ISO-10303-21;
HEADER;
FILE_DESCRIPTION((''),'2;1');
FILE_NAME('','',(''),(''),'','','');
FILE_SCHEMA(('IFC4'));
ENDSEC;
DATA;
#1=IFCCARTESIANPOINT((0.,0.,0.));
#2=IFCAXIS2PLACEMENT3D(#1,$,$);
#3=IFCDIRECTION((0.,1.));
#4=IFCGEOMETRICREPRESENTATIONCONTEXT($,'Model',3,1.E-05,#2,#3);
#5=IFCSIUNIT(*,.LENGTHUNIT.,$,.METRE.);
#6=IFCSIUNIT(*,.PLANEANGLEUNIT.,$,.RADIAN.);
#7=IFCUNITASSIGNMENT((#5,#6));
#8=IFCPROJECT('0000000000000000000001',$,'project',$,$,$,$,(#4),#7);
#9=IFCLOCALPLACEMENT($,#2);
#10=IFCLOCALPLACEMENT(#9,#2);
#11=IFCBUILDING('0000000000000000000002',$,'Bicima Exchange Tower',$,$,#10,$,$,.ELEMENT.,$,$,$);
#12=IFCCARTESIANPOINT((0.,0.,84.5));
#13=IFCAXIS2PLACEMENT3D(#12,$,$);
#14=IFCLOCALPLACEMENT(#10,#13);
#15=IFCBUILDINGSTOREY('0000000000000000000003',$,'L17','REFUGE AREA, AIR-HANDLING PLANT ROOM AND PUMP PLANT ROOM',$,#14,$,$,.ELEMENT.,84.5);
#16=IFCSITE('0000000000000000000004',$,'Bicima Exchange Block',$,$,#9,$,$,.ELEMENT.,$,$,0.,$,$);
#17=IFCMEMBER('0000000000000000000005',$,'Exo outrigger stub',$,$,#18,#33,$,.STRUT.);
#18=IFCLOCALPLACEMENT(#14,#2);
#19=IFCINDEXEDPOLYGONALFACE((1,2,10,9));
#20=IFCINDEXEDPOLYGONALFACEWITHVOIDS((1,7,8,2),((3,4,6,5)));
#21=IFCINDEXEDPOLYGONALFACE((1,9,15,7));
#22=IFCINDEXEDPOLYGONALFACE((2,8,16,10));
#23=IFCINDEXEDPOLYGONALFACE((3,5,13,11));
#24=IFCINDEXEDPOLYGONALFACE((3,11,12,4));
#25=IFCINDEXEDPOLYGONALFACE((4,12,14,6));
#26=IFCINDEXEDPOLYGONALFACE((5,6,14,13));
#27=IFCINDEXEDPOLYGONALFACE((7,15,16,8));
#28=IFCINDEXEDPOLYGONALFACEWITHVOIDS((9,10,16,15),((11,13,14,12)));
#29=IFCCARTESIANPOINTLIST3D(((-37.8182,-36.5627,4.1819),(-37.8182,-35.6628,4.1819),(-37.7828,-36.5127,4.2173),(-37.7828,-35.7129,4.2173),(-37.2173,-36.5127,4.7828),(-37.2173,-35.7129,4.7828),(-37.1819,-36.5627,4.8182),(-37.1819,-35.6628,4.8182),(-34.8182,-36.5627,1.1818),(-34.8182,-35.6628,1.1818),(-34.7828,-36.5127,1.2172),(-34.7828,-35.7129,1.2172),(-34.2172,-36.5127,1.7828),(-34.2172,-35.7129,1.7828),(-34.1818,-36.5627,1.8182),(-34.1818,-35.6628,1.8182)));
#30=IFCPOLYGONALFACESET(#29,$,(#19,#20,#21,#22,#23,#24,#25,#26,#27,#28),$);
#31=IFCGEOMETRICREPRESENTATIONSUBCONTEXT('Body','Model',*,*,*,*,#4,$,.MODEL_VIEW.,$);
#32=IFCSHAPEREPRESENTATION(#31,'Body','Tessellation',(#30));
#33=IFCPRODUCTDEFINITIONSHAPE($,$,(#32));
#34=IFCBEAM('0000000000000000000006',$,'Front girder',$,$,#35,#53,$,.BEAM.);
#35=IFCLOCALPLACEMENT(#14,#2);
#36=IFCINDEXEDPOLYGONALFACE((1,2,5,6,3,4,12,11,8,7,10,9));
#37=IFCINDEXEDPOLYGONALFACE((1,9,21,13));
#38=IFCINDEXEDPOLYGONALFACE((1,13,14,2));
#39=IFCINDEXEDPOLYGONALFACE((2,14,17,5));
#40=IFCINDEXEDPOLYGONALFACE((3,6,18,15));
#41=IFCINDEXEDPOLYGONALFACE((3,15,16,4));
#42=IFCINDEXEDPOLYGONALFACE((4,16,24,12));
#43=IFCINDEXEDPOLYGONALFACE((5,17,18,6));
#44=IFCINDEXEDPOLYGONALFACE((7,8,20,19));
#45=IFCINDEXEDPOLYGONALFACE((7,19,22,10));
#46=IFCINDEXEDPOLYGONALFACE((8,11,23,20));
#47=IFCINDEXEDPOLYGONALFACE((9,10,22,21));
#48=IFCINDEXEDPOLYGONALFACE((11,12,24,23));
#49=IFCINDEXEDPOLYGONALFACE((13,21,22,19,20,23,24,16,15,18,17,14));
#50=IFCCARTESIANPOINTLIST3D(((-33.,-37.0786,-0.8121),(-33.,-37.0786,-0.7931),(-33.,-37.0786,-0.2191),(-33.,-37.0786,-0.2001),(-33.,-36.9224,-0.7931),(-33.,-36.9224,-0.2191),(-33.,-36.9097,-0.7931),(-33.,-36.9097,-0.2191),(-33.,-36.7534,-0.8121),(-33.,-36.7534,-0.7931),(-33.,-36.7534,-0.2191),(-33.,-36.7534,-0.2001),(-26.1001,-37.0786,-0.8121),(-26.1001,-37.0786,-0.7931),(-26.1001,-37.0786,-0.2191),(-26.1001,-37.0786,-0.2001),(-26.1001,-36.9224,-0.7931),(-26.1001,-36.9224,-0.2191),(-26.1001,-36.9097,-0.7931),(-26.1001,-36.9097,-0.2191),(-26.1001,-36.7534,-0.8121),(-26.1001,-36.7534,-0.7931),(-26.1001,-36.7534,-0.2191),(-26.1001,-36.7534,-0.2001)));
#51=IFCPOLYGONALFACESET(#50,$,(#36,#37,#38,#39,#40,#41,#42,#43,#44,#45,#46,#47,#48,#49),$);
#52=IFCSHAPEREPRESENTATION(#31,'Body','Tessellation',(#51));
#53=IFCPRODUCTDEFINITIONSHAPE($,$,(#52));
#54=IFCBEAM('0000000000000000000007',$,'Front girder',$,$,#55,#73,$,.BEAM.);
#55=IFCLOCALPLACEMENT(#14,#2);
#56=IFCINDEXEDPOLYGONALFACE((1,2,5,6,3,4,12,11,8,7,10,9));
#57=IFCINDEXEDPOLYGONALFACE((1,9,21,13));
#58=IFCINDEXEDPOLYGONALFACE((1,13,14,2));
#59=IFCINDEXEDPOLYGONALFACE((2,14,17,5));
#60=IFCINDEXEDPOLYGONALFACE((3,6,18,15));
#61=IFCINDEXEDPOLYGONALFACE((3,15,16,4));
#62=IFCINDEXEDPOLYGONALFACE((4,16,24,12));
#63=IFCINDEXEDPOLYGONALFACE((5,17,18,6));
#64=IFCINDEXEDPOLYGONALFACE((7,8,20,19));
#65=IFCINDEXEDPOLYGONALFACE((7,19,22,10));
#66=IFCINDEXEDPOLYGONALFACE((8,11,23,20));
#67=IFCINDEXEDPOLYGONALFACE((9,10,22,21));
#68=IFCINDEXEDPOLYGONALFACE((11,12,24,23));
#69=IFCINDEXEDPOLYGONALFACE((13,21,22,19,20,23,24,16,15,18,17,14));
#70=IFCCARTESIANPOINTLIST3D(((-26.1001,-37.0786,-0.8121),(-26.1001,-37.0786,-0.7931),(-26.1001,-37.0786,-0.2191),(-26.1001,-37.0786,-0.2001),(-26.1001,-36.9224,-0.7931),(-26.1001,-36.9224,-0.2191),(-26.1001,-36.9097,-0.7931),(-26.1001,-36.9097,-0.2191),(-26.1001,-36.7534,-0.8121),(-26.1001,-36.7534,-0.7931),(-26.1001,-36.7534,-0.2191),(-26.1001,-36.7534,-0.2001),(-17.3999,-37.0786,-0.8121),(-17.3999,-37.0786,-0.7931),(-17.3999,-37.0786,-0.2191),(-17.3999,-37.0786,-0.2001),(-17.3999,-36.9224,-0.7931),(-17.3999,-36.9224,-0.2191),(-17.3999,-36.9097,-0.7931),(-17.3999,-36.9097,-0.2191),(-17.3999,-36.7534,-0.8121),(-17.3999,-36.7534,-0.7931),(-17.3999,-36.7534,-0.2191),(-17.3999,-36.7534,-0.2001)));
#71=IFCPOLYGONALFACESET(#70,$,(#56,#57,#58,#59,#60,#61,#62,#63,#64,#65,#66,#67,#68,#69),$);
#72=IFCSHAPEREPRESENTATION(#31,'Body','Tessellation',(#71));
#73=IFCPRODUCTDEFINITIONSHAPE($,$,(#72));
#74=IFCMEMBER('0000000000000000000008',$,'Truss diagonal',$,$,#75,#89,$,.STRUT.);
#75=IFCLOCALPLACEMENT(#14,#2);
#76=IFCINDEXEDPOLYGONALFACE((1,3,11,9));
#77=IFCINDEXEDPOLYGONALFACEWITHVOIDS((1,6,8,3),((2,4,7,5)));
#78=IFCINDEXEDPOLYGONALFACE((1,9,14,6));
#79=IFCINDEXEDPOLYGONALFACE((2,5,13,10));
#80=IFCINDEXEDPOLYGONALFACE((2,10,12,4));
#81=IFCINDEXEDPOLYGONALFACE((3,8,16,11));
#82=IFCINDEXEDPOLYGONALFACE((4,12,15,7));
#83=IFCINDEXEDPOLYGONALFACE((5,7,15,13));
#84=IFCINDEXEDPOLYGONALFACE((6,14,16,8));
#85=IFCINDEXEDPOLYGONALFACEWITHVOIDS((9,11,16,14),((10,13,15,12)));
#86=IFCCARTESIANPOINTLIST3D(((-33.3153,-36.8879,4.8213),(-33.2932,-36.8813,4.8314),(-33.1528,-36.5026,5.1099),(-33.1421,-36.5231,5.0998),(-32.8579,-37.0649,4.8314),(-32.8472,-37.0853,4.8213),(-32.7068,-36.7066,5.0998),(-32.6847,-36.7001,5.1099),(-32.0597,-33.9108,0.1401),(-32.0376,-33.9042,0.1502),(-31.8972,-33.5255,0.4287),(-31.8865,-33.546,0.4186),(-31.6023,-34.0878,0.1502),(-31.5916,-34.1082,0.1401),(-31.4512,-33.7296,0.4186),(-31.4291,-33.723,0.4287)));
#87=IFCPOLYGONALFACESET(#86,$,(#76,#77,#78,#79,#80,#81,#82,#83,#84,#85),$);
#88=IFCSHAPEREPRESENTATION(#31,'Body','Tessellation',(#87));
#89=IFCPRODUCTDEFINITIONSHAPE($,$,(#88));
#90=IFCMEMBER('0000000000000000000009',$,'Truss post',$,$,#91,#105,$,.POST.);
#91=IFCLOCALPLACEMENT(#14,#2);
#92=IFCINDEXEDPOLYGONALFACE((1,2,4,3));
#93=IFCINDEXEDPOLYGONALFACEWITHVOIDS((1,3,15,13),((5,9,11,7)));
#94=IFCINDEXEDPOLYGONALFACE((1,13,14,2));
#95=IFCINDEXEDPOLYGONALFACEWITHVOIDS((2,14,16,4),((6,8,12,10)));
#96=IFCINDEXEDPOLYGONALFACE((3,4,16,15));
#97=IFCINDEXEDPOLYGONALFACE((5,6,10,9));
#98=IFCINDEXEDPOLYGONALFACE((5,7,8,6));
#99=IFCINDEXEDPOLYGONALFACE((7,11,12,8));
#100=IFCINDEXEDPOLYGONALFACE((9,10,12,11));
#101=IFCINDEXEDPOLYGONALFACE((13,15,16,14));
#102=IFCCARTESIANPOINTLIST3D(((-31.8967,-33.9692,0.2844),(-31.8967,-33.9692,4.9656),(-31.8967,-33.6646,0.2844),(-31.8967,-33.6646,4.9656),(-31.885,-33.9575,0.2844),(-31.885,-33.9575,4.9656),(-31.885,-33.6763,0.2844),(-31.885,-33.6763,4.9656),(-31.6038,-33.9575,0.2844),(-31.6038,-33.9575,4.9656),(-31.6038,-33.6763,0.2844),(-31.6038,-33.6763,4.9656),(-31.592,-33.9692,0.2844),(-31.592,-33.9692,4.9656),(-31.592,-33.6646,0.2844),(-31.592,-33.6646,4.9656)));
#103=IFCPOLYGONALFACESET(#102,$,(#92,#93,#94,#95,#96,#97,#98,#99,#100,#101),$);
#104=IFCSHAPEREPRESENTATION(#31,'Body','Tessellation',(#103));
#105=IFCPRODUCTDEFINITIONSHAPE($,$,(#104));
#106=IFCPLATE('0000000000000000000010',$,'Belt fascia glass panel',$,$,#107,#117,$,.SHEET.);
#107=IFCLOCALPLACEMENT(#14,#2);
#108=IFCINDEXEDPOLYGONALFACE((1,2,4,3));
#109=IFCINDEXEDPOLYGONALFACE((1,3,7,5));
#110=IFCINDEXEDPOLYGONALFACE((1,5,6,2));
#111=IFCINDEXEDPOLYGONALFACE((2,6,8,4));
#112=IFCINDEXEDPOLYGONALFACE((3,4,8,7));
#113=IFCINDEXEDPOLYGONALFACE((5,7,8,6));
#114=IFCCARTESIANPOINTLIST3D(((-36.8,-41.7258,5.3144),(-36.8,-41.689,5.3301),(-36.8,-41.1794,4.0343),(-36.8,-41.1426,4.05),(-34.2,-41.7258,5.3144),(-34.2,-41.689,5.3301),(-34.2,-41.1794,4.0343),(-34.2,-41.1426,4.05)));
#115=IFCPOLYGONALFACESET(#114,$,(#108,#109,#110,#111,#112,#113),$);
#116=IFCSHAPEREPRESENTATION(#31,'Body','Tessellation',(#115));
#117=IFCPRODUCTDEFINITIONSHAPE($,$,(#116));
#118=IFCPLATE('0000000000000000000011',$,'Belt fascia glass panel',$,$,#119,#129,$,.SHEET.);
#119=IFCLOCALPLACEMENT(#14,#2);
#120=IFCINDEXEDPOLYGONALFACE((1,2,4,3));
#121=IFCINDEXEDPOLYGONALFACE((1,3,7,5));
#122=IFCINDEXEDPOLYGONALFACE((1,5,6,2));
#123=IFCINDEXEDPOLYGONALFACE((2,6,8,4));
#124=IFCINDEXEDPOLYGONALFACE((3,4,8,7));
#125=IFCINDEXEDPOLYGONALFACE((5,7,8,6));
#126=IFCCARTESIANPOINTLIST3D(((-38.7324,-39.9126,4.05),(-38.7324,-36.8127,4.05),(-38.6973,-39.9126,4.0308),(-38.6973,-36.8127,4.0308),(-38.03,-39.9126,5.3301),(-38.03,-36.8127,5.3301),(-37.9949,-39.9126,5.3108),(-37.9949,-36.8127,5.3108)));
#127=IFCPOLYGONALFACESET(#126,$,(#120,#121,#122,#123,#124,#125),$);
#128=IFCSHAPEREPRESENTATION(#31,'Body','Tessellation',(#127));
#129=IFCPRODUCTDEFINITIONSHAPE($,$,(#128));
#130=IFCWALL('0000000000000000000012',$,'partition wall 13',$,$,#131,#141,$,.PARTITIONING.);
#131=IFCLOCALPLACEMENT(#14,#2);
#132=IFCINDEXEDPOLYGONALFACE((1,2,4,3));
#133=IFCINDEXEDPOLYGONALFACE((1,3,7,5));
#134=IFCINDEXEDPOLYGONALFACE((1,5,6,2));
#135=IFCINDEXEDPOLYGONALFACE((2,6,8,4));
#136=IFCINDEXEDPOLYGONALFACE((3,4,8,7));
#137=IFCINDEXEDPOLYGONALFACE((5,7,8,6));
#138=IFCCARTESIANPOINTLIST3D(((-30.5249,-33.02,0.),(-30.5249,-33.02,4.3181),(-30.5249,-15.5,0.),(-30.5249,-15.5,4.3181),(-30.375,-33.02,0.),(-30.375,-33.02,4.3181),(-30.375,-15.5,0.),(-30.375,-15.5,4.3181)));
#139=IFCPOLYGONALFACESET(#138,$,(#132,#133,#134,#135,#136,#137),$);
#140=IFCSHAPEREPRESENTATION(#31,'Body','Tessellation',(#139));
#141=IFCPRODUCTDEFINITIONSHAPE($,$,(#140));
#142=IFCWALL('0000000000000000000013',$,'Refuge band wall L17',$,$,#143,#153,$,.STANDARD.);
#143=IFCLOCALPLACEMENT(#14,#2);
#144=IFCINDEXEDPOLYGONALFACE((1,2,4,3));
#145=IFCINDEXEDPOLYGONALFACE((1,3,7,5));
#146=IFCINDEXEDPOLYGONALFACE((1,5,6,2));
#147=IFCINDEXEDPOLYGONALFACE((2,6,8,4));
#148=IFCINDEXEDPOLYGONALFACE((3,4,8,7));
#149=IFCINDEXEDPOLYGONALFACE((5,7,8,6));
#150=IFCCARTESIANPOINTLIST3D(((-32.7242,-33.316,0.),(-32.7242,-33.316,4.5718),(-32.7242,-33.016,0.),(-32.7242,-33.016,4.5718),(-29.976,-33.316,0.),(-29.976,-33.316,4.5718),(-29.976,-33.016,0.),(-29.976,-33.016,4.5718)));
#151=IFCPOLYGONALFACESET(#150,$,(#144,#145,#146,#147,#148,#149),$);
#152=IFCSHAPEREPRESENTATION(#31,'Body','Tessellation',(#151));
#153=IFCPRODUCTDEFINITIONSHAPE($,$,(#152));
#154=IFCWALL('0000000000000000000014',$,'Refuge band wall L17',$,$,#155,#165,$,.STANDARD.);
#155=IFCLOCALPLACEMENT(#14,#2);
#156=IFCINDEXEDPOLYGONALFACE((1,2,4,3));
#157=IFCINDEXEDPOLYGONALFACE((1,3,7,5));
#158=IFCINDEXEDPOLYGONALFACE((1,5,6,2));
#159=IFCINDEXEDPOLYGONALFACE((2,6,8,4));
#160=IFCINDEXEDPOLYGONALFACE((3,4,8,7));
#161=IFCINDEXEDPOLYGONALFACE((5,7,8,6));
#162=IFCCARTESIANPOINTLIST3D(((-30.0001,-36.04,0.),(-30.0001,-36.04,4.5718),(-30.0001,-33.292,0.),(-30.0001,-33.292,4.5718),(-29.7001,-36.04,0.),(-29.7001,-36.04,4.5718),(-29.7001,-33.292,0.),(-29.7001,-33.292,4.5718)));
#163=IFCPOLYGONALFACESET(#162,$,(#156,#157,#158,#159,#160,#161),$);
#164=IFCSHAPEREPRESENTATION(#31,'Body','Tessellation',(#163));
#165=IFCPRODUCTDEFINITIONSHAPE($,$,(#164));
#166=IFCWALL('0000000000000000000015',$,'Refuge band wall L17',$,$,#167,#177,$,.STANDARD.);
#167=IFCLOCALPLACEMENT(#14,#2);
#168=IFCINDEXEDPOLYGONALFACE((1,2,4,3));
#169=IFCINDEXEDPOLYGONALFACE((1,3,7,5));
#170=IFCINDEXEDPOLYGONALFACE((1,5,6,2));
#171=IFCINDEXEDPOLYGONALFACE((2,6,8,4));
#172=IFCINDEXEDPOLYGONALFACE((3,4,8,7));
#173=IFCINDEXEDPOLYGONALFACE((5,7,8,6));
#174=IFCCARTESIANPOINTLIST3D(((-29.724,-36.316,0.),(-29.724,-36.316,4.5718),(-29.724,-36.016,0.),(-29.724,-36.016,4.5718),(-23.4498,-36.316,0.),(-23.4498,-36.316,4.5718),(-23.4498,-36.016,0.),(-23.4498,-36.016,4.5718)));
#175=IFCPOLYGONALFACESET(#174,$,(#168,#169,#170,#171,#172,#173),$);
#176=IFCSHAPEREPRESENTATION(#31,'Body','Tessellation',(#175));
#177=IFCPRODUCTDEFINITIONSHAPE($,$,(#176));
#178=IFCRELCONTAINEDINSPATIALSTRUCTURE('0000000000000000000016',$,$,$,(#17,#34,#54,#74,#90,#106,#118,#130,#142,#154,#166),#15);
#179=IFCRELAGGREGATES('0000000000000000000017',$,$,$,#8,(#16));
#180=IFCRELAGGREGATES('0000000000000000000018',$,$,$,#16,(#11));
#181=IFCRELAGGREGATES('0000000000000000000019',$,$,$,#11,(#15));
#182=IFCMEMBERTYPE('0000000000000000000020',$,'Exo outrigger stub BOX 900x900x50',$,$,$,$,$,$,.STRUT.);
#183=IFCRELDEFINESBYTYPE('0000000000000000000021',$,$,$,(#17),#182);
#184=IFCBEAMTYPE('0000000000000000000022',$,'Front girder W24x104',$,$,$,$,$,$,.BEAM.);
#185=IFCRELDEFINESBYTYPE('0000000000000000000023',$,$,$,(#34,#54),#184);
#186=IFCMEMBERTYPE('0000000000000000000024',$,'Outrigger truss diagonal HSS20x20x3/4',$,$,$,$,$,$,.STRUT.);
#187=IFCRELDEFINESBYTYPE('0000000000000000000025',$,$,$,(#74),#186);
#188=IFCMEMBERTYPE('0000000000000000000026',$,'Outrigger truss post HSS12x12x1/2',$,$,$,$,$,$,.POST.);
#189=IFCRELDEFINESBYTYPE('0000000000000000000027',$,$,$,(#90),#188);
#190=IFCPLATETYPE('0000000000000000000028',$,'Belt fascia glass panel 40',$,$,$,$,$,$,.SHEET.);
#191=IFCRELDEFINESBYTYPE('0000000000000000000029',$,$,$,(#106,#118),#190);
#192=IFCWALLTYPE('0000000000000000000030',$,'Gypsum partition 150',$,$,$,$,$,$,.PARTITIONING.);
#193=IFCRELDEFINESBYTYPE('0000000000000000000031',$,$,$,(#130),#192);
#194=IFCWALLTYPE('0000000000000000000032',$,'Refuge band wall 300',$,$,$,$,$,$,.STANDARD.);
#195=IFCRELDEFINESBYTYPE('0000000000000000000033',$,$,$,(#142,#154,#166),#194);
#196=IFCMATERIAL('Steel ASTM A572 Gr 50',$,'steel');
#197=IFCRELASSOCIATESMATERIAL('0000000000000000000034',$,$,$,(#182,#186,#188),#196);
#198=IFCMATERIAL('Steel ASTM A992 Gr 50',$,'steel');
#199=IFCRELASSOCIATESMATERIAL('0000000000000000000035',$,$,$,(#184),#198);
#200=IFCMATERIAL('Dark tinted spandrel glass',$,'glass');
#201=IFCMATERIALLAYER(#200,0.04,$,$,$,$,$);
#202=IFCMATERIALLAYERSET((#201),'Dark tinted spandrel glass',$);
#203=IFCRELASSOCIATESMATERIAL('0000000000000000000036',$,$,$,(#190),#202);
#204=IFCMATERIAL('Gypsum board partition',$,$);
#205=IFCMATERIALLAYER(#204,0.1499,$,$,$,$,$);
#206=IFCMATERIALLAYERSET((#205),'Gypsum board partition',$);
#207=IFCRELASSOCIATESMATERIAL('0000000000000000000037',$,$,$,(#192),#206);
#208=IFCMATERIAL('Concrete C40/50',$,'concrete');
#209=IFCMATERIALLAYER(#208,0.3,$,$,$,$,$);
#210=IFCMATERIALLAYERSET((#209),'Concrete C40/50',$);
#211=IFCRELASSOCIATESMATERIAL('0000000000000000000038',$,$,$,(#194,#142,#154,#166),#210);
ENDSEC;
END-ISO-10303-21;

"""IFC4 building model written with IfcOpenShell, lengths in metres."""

from ifc_helpers import new_model, si_unit, direction, frame, frame_2d, origin, origin_2d, place, context, subcontext, project, spatial, polyline, rectangle, hollow_rectangle, i_section, outline, extrude, material, layer, layer_set, layer_usage, material_profile, profile_set, type_object, element, save


model = new_model("IFC4")

# Units and contexts
model_context = context("Model", 3, precision=1e-05, world=origin(), true_north=direction((0.0, 1.0)))
body_context = subcontext(model_context, "Body", "Model", "MODEL_VIEW")
ifc_project = project(units=[si_unit("LENGTHUNIT", "METRE"), si_unit("PLANEANGLEUNIT", "RADIAN")], contexts=[model_context])

# Site, building, storey
site_placement = place(None, origin())
site = spatial("IfcSite", under=ifc_project, at=site_placement, Name="Bicima Exchange Block", CompositionType="ELEMENT", RefElevation=0.0)
building_placement = place(site_placement, origin())
building = spatial("IfcBuilding", under=site, at=building_placement, Name="Bicima Exchange Tower", CompositionType="ELEMENT")
storey_placement = place(building_placement, frame((0.0, 0.0, 84.5)))
storey = spatial("IfcBuildingStorey", under=building, at=storey_placement, Name="L17", Description="REFUGE AREA, AIR-HANDLING PLANT ROOM AND PUMP PLANT ROOM", CompositionType="ELEMENT", Elevation=84.5)

# Shared definitions
ifc_material_1 = material(Name="Steel ASTM A572 Gr 50", Category="steel")
ifc_material_2 = material(Name="Steel ASTM A992 Gr 50", Category="steel")

# Member
ifc_material_profile_1 = material_profile(ifc_material_1, hollow_rectangle(XDim=0.8999, YDim=0.8999, WallThickness=0.05, at=origin_2d()))
ifc_profile_set_1 = profile_set([ifc_material_profile_1], Name="Steel ASTM A572 Gr 50")
member_type_1 = type_object("IfcMemberType", Name="Exo outrigger stub BOX 900x900x50", PredefinedType="STRUT", material=ifc_profile_set_1)
member_1_placement = place(storey_placement, frame((-34.5, -36.1128, 1.5), z_axis=(-0.707107, 0.0, 0.707107), x_axis=(0.0, -1.0, 0.0)))
element("IfcMember", 1, at=member_1_placement, inside=storey, type_object=member_type_1, Name="Exo outrigger stub", PredefinedType="STRUT", context=body_context, shape_type="SweptSolid", body=[
    extrude(hollow_rectangle(XDim=0.8999, YDim=0.8999, WallThickness=0.05, at=origin_2d()), origin(), (0.0, 0.0, 1.0), 4.2427),
])

# Beams
ifc_material_profile_2 = material_profile(ifc_material_2, i_section(OverallWidth=0.3252, OverallDepth=0.6121, WebThickness=0.0127, FlangeThickness=0.019, at=origin_2d()))
ifc_profile_set_2 = profile_set([ifc_material_profile_2], Name="Steel ASTM A992 Gr 50")
beam_type_1 = type_object("IfcBeamType", Name="Front girder W24x104", PredefinedType="BEAM", material=ifc_profile_set_2)
beam_1_placement = place(storey_placement, frame((-33.0, -36.916, -0.5061), z_axis=(1.0, 0.0, 0.0), x_axis=(0.0, 1.0, 0.0)))
element("IfcBeam", 2, at=beam_1_placement, inside=storey, type_object=beam_type_1, Name="Front girder", PredefinedType="BEAM", context=body_context, shape_type="SweptSolid", body=[
    extrude(i_section(OverallWidth=0.3252, OverallDepth=0.6121, WebThickness=0.0127, FlangeThickness=0.019, at=origin_2d()), origin(), (0.0, 0.0, 1.0), 6.8999),
])
beam_2_placement = place(storey_placement, frame((-26.1001, -36.916, -0.5061), z_axis=(1.0, 0.0, 0.0), x_axis=(0.0, 1.0, 0.0)))
element("IfcBeam", 3, at=beam_2_placement, inside=storey, type_object=beam_type_1, Name="Front girder", PredefinedType="BEAM", context=body_context, shape_type="SweptSolid", body=[
    extrude(i_section(OverallWidth=0.3252, OverallDepth=0.6121, WebThickness=0.0127, FlangeThickness=0.019, at=origin_2d()), origin(), (0.0, 0.0, 1.0), 8.7002),
])

# Members
ifc_material_profile_3 = material_profile(ifc_material_1, hollow_rectangle(XDim=0.5081, YDim=0.5081, WallThickness=0.0178, at=origin_2d()))
ifc_profile_set_3 = profile_set([ifc_material_profile_3], Name="Steel ASTM A572 Gr 50")
member_type_2 = type_object("IfcMemberType", Name="Outrigger truss diagonal HSS20x20x3/4", PredefinedType="STRUT", material=ifc_profile_set_3)
member_2_placement = place(storey_placement, frame((-31.7444, -33.8169, 0.2844), z_axis=(-0.220751, -0.523398, 0.822997), x_axis=(0.921401, -0.388614, 0.0)))
element("IfcMember", 4, at=member_2_placement, inside=storey, type_object=member_type_2, Name="Truss diagonal", PredefinedType="STRUT", context=body_context, shape_type="SweptSolid", body=[
    extrude(hollow_rectangle(XDim=0.5081, YDim=0.5081, WallThickness=0.0178, at=origin_2d()), origin(), (0.0, 0.0, 1.0), 5.688),
])
ifc_material_profile_4 = material_profile(ifc_material_1, hollow_rectangle(XDim=0.3047, YDim=0.3047, WallThickness=0.0117, at=origin_2d()))
ifc_profile_set_4 = profile_set([ifc_material_profile_4], Name="Steel ASTM A572 Gr 50")
member_type_3 = type_object("IfcMemberType", Name="Outrigger truss post HSS12x12x1/2", PredefinedType="POST", material=ifc_profile_set_4)
member_3_placement = place(storey_placement, frame((-31.7444, -33.8169, 0.2844), z_axis=(0.0, 0.0, 1.0), x_axis=(1.0, 0.0, 0.0)))
element("IfcMember", 5, at=member_3_placement, inside=storey, type_object=member_type_3, Name="Truss post", PredefinedType="POST", context=body_context, shape_type="SweptSolid", body=[
    extrude(hollow_rectangle(XDim=0.3047, YDim=0.3047, WallThickness=0.0117, at=origin_2d()), origin(), (0.0, 0.0, 1.0), 4.6812),
])

# Plates
ifc_material_3 = material(Name="Dark tinted spandrel glass", Category="glass")
ifc_layer_1 = layer(ifc_material_3, 0.04)
ifc_layer_set_1 = layer_set([ifc_layer_1], Name="Dark tinted spandrel glass")
plate_type = type_object("IfcPlateType", Name="Belt fascia glass panel 40", PredefinedType="SHEET", material=ifc_layer_set_1)
plate_1_placement = place(storey_placement, frame((-36.8, -41.1426, 4.05), z_axis=(0.0, 0.919716, 0.392585), x_axis=(1.0, 0.0, 0.0)))
element("IfcPlate", 6, at=plate_1_placement, inside=storey, type_object=plate_type, Name="Belt fascia glass panel", PredefinedType="SHEET", context=body_context, shape_type="SweptSolid", body=[
    extrude(outline(polyline([(0.0, 0.0), (2.6001, 0.0), (2.6001, -1.3918), (0.0, -1.3918), (0.0, 0.0)])), origin(), (0.0, 0.0, -1.0), 0.04),
])
plate_2_placement = place(storey_placement, frame((-38.7324, -36.8127, 4.05), z_axis=(-0.876685, 0.0, 0.481065), x_axis=(0.0, -1.0, 0.0)))
element("IfcPlate", 7, at=plate_2_placement, inside=storey, type_object=plate_type, Name="Belt fascia glass panel", PredefinedType="SHEET", context=body_context, shape_type="SweptSolid", body=[
    extrude(outline(polyline([(0.0, 0.0), (3.0999, 0.0), (3.0999, 1.4601), (0.0, 1.4601), (0.0, 0.0)])), origin(), (0.0, 0.0, -1.0), 0.04),
])

# Walls
ifc_material_4 = material(Name="Gypsum board partition")
ifc_layer_2 = layer(ifc_material_4, 0.1499)
ifc_layer_set_2 = layer_set([ifc_layer_2], Name="Gypsum board partition")
wall_type_1 = type_object("IfcWallType", Name="Gypsum partition 150", PredefinedType="PARTITIONING", material=ifc_layer_set_2)
wall_1_placement = place(storey_placement, frame((-30.45, -33.02, 0.0), z_axis=(0.0, 0.0, 1.0), x_axis=(0.0, 1.0, 0.0)))
element("IfcWall", 8, at=wall_1_placement, inside=storey, type_object=wall_type_1, Name="partition wall 13", PredefinedType="PARTITIONING", context=body_context, shape_type="SweptSolid", body=[
    extrude(rectangle(XDim=17.52, YDim=0.1499, at=frame_2d((8.76, 0.0))), origin(), (0.0, 0.0, 1.0), 4.3181),
])
ifc_material_5 = material(Name="Concrete C40/50", Category="concrete")
ifc_layer_3 = layer(ifc_material_5, 0.3)
ifc_layer_set_3 = layer_set([ifc_layer_3], Name="Concrete C40/50")
ifc_layer_usage = layer_usage(ifc_layer_set_3, "AXIS2", "POSITIVE", -0.15)
wall_type_2 = type_object("IfcWallType", Name="Refuge band wall 300", PredefinedType="STANDARD", material=ifc_layer_set_3)
wall_2_placement = place(storey_placement, frame((-32.7241, -33.166, 0.0), z_axis=(0.0, 0.0, 1.0), x_axis=(1.0, 0.0, 0.0)))
element("IfcWall", 9, at=wall_2_placement, inside=storey, type_object=wall_type_2, material=ifc_layer_usage, Name="Refuge band wall L17", PredefinedType="STANDARD", context=body_context, shape_type="SweptSolid", body=[
    extrude(rectangle(XDim=2.7483, YDim=0.3, at=frame_2d((1.374, 0.0))), origin(), (0.0, 0.0, 1.0), 4.5718),
])
wall_3_placement = place(storey_placement, frame((-29.8501, -33.292, 0.0), z_axis=(0.0, 0.0, 1.0), x_axis=(0.0, -1.0, 0.0)))
element("IfcWall", 10, at=wall_3_placement, inside=storey, type_object=wall_type_2, material=ifc_layer_usage, Name="Refuge band wall L17", PredefinedType="STANDARD", context=body_context, shape_type="SweptSolid", body=[
    extrude(rectangle(XDim=2.748, YDim=0.3, at=frame_2d((1.374, 0.0))), origin(), (0.0, 0.0, 1.0), 4.5718),
])
wall_4_placement = place(storey_placement, frame((-29.7241, -36.166, 0.0), z_axis=(0.0, 0.0, 1.0), x_axis=(1.0, 0.0, 0.0)))
element("IfcWall", 11, at=wall_4_placement, inside=storey, type_object=wall_type_2, material=ifc_layer_usage, Name="Refuge band wall L17", PredefinedType="STANDARD", context=body_context, shape_type="SweptSolid", body=[
    extrude(rectangle(XDim=6.2742, YDim=0.3, at=frame_2d((3.1372, 0.0))), origin(), (0.0, 0.0, 1.0), 4.5718),
])

save(model, "model.ifc")
